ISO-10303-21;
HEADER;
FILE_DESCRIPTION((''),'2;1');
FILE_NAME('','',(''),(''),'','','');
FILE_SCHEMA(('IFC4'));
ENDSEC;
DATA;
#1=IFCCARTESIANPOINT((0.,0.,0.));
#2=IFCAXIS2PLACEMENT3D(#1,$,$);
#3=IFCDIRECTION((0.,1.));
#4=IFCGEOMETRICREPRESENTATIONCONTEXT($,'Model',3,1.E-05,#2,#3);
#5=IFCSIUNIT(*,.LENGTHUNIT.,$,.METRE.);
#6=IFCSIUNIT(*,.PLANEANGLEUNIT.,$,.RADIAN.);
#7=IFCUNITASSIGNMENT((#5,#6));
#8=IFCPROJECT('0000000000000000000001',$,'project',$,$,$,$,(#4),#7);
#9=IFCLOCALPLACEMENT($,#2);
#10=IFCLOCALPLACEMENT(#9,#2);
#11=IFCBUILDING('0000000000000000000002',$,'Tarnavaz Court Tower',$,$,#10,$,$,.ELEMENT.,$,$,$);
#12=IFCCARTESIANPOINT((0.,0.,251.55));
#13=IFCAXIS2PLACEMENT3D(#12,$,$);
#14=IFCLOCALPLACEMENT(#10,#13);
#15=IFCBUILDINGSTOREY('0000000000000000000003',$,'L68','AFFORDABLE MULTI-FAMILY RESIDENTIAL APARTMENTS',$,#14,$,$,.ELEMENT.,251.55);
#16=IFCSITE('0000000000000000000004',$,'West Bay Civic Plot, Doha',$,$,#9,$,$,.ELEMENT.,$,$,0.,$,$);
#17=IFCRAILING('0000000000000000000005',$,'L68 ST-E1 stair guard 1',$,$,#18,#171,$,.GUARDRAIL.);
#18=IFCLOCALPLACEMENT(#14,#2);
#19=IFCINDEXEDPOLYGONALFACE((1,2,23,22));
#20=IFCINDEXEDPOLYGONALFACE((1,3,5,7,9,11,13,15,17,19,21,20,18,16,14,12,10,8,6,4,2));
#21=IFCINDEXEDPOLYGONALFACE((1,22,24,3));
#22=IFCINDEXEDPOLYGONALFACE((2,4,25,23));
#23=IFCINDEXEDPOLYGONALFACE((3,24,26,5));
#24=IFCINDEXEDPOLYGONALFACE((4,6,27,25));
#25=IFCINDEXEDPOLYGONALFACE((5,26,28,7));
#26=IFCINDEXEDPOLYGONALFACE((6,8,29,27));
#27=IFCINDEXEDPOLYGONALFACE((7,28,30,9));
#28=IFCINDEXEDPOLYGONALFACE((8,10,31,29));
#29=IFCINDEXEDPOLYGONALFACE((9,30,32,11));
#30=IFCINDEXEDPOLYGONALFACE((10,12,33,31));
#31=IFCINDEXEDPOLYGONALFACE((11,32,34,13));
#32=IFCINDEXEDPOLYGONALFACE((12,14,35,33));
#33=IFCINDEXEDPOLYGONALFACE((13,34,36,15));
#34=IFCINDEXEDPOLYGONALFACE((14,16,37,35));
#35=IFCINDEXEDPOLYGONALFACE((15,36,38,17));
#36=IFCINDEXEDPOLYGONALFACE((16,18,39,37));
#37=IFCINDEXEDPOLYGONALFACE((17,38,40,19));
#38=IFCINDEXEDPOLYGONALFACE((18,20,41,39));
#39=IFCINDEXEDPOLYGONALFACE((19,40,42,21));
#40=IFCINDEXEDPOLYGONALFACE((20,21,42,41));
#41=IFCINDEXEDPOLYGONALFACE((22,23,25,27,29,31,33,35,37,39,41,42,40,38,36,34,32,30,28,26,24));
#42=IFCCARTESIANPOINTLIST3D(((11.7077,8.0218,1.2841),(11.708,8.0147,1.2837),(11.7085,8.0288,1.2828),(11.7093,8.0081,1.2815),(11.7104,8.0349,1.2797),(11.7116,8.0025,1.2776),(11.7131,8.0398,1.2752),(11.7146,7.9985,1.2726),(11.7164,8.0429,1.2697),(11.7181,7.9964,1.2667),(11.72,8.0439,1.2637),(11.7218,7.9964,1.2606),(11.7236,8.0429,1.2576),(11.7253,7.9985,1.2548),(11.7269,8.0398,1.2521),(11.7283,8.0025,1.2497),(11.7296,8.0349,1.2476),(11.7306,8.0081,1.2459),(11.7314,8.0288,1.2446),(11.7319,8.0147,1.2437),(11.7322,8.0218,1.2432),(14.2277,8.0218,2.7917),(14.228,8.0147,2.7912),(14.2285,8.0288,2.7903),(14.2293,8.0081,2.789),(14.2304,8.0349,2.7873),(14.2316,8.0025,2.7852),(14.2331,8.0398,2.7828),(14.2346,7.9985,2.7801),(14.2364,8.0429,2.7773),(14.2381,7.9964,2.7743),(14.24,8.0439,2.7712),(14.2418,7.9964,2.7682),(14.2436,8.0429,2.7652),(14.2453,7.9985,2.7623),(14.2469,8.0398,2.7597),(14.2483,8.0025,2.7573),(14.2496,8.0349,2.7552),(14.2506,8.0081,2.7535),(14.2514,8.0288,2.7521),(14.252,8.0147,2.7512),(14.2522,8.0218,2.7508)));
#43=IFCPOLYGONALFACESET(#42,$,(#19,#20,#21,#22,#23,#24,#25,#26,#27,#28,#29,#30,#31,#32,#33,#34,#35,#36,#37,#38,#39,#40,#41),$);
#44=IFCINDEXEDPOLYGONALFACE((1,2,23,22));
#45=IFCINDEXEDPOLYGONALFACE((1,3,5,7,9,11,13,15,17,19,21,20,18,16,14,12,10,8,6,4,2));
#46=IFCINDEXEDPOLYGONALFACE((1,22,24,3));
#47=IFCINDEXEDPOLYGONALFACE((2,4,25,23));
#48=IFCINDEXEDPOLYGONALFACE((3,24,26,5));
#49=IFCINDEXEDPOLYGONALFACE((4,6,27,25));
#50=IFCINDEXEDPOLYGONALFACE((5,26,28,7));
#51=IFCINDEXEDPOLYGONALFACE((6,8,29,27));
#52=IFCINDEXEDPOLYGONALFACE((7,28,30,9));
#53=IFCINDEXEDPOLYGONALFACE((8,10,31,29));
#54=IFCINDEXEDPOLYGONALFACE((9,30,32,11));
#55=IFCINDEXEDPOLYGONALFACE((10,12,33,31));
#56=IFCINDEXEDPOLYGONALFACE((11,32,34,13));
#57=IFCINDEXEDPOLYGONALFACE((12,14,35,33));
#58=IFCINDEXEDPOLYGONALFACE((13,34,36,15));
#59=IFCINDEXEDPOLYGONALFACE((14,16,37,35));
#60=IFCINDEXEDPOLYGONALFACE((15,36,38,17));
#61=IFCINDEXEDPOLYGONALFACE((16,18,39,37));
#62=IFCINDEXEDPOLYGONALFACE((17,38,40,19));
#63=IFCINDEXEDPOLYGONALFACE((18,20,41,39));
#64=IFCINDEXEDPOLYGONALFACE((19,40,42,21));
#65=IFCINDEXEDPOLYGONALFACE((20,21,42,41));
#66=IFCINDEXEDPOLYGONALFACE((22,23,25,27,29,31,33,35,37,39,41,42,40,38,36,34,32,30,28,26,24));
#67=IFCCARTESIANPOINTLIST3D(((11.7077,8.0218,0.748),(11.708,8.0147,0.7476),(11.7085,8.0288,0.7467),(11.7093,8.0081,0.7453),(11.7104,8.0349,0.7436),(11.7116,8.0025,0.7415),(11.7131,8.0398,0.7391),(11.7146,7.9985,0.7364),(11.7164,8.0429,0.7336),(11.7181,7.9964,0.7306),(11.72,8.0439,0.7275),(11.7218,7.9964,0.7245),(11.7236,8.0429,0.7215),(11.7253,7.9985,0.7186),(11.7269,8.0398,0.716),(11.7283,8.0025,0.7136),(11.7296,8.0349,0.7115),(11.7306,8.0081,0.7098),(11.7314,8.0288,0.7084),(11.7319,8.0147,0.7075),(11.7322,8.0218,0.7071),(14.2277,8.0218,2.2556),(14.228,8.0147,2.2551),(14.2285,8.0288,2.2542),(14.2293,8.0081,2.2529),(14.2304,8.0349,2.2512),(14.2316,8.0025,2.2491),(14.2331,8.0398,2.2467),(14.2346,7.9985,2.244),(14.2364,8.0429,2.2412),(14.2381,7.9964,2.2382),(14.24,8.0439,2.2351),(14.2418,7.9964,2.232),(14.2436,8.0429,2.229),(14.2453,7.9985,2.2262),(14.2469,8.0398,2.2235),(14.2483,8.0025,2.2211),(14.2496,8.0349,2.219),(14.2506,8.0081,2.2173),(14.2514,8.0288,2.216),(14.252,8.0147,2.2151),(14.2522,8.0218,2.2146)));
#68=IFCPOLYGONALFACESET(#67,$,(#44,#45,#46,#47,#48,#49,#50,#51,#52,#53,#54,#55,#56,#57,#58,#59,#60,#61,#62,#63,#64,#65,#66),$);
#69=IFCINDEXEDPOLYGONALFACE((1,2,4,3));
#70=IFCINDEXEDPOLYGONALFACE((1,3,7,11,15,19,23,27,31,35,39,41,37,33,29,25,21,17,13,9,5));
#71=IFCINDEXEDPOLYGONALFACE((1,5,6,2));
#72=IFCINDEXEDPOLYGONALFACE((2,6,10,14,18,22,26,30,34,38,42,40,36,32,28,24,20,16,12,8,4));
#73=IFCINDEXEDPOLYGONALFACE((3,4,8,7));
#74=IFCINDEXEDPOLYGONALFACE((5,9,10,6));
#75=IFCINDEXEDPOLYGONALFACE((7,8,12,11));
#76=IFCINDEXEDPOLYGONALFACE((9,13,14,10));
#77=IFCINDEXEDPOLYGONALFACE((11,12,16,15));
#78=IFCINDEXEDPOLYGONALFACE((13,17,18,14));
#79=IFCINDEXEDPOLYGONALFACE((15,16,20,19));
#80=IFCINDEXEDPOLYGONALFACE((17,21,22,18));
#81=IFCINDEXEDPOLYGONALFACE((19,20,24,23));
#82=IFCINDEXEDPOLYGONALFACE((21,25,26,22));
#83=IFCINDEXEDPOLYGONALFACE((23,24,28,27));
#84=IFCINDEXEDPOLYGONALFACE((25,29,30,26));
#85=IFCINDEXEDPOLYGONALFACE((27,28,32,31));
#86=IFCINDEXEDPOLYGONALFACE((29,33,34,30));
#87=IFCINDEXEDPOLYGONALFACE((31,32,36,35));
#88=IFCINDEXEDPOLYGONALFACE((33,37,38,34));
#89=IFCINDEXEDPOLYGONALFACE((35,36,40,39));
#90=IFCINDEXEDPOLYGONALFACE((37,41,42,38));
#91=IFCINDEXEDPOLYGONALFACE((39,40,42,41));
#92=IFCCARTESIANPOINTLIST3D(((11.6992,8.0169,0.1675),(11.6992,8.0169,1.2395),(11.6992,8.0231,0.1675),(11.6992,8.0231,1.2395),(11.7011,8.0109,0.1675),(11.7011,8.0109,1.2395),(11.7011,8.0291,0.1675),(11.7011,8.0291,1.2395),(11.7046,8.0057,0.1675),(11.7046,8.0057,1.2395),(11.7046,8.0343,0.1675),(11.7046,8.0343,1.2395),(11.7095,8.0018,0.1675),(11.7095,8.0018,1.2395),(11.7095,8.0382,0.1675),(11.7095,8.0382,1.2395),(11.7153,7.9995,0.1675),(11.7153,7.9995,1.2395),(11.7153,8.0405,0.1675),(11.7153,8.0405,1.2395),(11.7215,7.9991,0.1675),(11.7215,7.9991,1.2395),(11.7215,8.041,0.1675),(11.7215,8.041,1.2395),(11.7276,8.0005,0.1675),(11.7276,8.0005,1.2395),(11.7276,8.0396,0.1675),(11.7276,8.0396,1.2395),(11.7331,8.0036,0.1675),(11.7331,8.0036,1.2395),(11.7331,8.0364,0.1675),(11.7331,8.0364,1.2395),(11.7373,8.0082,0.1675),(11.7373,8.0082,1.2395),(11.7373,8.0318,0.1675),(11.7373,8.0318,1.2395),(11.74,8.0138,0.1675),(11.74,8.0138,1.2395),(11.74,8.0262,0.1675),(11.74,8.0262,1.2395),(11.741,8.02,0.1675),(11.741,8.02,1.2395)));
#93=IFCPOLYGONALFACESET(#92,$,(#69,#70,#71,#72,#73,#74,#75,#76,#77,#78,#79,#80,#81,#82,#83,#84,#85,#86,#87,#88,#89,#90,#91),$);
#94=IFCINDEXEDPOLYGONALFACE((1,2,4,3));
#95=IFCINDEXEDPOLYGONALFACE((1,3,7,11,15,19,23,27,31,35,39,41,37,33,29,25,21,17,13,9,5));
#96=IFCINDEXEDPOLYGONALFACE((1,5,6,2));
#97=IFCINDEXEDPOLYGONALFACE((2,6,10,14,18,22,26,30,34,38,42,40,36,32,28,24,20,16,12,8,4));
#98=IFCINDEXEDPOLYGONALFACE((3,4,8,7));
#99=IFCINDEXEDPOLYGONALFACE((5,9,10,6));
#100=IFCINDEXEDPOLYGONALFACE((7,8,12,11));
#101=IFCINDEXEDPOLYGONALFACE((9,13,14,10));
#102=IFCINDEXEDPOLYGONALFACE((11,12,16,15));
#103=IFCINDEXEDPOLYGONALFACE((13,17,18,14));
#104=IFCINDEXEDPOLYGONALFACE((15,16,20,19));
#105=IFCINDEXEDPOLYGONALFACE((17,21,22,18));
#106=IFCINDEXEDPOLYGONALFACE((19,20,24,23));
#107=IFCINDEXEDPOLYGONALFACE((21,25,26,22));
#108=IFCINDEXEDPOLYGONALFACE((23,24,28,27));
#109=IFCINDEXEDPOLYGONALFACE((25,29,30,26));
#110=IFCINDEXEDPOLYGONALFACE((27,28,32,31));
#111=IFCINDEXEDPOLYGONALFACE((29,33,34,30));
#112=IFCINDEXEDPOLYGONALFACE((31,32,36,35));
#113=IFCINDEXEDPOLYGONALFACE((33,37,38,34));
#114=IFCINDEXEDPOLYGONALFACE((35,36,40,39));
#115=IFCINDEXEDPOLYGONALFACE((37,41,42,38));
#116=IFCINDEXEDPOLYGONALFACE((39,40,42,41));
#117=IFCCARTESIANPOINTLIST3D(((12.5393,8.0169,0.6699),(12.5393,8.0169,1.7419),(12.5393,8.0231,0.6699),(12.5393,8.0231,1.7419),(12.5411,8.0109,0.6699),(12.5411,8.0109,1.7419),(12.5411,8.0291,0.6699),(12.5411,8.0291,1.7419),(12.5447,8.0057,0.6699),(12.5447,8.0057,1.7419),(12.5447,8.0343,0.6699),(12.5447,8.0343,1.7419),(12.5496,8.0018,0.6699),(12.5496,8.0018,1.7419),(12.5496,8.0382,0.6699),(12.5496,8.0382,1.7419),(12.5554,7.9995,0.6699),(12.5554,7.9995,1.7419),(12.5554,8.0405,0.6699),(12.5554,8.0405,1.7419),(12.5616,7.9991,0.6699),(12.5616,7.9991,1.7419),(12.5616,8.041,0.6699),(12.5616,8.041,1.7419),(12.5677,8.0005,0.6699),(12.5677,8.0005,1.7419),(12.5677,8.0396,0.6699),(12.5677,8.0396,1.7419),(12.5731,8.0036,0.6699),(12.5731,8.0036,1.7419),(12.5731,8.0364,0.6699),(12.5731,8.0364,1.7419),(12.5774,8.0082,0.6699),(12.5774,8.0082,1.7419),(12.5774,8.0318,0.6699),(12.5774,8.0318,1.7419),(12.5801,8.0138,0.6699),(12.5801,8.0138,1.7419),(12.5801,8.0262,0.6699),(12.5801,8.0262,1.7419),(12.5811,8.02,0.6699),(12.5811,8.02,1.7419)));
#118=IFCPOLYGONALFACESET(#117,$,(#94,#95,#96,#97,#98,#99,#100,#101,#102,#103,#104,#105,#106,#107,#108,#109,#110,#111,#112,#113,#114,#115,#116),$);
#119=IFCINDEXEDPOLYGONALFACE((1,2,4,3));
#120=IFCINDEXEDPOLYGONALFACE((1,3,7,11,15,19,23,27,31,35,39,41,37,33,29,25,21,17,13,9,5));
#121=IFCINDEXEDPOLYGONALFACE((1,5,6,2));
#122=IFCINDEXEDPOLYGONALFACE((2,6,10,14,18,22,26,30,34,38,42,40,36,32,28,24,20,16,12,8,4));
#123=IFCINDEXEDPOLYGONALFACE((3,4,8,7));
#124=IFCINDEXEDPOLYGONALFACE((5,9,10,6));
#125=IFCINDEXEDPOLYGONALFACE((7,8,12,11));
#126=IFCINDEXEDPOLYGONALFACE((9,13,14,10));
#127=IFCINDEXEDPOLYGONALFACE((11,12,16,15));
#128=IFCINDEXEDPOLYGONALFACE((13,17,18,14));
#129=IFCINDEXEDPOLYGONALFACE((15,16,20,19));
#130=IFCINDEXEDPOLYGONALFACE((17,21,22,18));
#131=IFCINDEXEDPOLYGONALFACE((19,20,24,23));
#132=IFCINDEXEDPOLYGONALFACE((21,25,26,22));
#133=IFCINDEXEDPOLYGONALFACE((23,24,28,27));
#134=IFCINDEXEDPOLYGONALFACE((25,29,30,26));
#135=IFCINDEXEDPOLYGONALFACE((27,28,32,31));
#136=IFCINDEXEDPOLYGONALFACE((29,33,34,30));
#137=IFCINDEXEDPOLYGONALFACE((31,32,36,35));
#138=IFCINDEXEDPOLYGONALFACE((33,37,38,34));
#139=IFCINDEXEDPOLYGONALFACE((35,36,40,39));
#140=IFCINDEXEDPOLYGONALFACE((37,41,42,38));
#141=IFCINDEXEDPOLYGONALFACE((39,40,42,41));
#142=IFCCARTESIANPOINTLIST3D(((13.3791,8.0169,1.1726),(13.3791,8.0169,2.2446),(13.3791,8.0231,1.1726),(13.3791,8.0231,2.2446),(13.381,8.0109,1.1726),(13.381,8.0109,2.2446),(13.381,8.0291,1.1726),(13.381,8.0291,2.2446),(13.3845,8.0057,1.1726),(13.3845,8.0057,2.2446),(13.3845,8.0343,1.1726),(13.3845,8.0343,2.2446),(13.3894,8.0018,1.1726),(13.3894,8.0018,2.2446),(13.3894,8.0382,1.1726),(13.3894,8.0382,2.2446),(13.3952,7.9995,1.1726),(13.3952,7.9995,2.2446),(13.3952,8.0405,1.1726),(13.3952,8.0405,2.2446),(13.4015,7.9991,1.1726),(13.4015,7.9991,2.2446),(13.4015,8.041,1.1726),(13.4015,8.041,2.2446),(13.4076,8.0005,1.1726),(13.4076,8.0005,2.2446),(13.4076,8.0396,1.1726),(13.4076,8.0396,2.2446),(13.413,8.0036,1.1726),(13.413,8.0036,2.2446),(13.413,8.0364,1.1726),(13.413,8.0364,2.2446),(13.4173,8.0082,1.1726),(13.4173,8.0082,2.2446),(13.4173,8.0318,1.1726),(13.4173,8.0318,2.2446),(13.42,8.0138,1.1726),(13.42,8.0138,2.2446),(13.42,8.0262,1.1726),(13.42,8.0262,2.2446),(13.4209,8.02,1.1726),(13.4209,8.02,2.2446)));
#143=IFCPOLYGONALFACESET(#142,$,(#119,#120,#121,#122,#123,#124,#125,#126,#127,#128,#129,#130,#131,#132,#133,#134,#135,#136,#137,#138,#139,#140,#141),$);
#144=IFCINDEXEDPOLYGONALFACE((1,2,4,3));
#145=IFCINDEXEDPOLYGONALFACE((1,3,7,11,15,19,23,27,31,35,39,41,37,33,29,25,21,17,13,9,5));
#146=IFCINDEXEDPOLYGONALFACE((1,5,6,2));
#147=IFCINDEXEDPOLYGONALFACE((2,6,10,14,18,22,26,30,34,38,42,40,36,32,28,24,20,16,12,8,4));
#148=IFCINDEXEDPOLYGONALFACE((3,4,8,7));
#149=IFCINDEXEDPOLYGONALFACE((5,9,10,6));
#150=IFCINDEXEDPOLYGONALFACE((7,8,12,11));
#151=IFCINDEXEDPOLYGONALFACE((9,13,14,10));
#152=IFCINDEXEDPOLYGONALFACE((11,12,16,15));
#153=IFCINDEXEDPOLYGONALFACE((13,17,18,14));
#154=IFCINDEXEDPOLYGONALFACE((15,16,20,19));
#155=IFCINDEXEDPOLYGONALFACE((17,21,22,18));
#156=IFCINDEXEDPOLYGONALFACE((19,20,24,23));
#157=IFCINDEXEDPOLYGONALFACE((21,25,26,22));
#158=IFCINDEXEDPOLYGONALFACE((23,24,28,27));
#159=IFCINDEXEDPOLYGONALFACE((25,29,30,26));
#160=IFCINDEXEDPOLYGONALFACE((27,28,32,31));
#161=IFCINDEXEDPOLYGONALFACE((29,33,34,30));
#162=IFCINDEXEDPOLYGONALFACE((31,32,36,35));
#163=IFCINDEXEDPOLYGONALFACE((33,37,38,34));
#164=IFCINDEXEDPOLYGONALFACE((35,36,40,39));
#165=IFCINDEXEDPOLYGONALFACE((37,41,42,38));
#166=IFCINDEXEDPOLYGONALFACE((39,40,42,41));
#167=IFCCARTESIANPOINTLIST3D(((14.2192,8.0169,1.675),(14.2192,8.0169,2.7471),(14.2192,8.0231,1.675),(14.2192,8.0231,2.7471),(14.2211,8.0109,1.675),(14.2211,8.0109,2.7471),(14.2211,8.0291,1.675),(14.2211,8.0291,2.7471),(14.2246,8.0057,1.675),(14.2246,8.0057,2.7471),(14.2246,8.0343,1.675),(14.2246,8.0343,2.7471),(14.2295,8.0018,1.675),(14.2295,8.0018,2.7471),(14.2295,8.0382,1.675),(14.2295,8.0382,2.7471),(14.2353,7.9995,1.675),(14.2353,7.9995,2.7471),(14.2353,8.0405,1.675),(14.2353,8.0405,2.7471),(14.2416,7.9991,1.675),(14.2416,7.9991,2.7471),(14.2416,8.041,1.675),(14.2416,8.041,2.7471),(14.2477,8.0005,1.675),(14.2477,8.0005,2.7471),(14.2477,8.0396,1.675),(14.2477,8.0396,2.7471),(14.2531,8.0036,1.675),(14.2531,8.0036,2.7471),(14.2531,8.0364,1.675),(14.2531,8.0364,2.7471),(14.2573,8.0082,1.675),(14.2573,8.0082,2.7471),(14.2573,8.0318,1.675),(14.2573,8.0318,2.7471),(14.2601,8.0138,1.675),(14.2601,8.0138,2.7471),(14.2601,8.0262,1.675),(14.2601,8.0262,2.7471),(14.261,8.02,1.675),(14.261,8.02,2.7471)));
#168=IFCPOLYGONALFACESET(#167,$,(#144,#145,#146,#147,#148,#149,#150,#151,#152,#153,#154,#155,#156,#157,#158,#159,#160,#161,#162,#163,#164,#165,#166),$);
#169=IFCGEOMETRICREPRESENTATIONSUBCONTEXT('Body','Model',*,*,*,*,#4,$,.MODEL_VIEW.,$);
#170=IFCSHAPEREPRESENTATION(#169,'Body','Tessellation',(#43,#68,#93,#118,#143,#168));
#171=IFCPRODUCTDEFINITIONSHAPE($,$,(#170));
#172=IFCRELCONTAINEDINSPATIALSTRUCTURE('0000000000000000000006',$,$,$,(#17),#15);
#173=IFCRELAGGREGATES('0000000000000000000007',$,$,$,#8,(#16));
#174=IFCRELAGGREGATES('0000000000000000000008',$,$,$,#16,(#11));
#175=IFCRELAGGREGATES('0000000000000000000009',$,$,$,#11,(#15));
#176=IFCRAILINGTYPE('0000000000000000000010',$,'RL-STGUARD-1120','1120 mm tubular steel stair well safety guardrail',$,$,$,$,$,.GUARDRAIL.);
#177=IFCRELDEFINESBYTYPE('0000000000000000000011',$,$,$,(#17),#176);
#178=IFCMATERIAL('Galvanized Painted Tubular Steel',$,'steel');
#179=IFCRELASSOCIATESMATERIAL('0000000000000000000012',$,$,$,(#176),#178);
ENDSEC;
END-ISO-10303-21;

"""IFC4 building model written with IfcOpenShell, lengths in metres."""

from ifc_helpers import new_model, si_unit, direction, frame, origin, origin_2d, place, context, subcontext, project, spatial, circle, extrude, material, type_object, element, save


model = new_model("IFC4")

# Units and contexts
model_context = context("Model", 3, precision=1e-05, world=origin(), true_north=direction((0.0, 1.0)))
body_context = subcontext(model_context, "Body", "Model", "MODEL_VIEW")
ifc_project = project(units=[si_unit("LENGTHUNIT", "METRE"), si_unit("PLANEANGLEUNIT", "RADIAN")], contexts=[model_context])

# Site, building, storey
site_placement = place(None, origin())
site = spatial("IfcSite", under=ifc_project, at=site_placement, Name="West Bay Civic Plot, Doha", CompositionType="ELEMENT", RefElevation=0.0)
building_placement = place(site_placement, origin())
building = spatial("IfcBuilding", under=site, at=building_placement, Name="Tarnavaz Court Tower", CompositionType="ELEMENT")
storey_placement = place(building_placement, frame((0.0, 0.0, 251.55)))
storey = spatial("IfcBuildingStorey", under=building, at=storey_placement, Name="L68", Description="AFFORDABLE MULTI-FAMILY RESIDENTIAL APARTMENTS", CompositionType="ELEMENT", Elevation=251.55)

# Railing
ifc_material_1 = material(Name="Galvanized Painted Tubular Steel", Category="steel")
railing_type_1 = type_object("IfcRailingType", Name="RL-STGUARD-1120", Description="1120 mm tubular steel stair well safety guardrail", PredefinedType="GUARDRAIL", material=ifc_material_1)
railing_1_placement = place(storey_placement, frame((11.72, 8.02, 0.1675)))
element("IfcRailing", 1, at=railing_1_placement, inside=storey, type_object=railing_type_1, Name="L68 ST-E1 stair guard 1", PredefinedType="GUARDRAIL", context=body_context, shape_type="SweptSolid", body=[
    extrude(circle(Radius=0.0239, at=origin_2d()), frame((0.0, 0.0, 1.0962), z_axis=(0.85816, 0.0, 0.513383), x_axis=(0.0, 1.0, 0.0)), (0.0, 0.0, 1.0), 2.9365),
    extrude(circle(Radius=0.0239, at=origin_2d()), frame((0.0, 0.0, 0.5601), z_axis=(0.85816, 0.0, 0.513383), x_axis=(0.0, 1.0, 0.0)), (0.0, 0.0, 1.0), 2.9365),
    extrude(circle(Radius=0.021, at=origin_2d()), origin(), (0.0, 0.0, 1.0), 1.072),
    extrude(circle(Radius=0.021, at=origin_2d()), frame((0.8401, 0.0, 0.5024)), (0.0, 0.0, 1.0), 1.072),
    extrude(circle(Radius=0.021, at=origin_2d()), frame((1.6799, 0.0, 1.0051)), (0.0, 0.0, 1.0), 1.072),
    extrude(circle(Radius=0.021, at=origin_2d()), frame((2.52, 0.0, 1.5076)), (0.0, 0.0, 1.0), 1.072),
])

save(model, "model.ifc")
